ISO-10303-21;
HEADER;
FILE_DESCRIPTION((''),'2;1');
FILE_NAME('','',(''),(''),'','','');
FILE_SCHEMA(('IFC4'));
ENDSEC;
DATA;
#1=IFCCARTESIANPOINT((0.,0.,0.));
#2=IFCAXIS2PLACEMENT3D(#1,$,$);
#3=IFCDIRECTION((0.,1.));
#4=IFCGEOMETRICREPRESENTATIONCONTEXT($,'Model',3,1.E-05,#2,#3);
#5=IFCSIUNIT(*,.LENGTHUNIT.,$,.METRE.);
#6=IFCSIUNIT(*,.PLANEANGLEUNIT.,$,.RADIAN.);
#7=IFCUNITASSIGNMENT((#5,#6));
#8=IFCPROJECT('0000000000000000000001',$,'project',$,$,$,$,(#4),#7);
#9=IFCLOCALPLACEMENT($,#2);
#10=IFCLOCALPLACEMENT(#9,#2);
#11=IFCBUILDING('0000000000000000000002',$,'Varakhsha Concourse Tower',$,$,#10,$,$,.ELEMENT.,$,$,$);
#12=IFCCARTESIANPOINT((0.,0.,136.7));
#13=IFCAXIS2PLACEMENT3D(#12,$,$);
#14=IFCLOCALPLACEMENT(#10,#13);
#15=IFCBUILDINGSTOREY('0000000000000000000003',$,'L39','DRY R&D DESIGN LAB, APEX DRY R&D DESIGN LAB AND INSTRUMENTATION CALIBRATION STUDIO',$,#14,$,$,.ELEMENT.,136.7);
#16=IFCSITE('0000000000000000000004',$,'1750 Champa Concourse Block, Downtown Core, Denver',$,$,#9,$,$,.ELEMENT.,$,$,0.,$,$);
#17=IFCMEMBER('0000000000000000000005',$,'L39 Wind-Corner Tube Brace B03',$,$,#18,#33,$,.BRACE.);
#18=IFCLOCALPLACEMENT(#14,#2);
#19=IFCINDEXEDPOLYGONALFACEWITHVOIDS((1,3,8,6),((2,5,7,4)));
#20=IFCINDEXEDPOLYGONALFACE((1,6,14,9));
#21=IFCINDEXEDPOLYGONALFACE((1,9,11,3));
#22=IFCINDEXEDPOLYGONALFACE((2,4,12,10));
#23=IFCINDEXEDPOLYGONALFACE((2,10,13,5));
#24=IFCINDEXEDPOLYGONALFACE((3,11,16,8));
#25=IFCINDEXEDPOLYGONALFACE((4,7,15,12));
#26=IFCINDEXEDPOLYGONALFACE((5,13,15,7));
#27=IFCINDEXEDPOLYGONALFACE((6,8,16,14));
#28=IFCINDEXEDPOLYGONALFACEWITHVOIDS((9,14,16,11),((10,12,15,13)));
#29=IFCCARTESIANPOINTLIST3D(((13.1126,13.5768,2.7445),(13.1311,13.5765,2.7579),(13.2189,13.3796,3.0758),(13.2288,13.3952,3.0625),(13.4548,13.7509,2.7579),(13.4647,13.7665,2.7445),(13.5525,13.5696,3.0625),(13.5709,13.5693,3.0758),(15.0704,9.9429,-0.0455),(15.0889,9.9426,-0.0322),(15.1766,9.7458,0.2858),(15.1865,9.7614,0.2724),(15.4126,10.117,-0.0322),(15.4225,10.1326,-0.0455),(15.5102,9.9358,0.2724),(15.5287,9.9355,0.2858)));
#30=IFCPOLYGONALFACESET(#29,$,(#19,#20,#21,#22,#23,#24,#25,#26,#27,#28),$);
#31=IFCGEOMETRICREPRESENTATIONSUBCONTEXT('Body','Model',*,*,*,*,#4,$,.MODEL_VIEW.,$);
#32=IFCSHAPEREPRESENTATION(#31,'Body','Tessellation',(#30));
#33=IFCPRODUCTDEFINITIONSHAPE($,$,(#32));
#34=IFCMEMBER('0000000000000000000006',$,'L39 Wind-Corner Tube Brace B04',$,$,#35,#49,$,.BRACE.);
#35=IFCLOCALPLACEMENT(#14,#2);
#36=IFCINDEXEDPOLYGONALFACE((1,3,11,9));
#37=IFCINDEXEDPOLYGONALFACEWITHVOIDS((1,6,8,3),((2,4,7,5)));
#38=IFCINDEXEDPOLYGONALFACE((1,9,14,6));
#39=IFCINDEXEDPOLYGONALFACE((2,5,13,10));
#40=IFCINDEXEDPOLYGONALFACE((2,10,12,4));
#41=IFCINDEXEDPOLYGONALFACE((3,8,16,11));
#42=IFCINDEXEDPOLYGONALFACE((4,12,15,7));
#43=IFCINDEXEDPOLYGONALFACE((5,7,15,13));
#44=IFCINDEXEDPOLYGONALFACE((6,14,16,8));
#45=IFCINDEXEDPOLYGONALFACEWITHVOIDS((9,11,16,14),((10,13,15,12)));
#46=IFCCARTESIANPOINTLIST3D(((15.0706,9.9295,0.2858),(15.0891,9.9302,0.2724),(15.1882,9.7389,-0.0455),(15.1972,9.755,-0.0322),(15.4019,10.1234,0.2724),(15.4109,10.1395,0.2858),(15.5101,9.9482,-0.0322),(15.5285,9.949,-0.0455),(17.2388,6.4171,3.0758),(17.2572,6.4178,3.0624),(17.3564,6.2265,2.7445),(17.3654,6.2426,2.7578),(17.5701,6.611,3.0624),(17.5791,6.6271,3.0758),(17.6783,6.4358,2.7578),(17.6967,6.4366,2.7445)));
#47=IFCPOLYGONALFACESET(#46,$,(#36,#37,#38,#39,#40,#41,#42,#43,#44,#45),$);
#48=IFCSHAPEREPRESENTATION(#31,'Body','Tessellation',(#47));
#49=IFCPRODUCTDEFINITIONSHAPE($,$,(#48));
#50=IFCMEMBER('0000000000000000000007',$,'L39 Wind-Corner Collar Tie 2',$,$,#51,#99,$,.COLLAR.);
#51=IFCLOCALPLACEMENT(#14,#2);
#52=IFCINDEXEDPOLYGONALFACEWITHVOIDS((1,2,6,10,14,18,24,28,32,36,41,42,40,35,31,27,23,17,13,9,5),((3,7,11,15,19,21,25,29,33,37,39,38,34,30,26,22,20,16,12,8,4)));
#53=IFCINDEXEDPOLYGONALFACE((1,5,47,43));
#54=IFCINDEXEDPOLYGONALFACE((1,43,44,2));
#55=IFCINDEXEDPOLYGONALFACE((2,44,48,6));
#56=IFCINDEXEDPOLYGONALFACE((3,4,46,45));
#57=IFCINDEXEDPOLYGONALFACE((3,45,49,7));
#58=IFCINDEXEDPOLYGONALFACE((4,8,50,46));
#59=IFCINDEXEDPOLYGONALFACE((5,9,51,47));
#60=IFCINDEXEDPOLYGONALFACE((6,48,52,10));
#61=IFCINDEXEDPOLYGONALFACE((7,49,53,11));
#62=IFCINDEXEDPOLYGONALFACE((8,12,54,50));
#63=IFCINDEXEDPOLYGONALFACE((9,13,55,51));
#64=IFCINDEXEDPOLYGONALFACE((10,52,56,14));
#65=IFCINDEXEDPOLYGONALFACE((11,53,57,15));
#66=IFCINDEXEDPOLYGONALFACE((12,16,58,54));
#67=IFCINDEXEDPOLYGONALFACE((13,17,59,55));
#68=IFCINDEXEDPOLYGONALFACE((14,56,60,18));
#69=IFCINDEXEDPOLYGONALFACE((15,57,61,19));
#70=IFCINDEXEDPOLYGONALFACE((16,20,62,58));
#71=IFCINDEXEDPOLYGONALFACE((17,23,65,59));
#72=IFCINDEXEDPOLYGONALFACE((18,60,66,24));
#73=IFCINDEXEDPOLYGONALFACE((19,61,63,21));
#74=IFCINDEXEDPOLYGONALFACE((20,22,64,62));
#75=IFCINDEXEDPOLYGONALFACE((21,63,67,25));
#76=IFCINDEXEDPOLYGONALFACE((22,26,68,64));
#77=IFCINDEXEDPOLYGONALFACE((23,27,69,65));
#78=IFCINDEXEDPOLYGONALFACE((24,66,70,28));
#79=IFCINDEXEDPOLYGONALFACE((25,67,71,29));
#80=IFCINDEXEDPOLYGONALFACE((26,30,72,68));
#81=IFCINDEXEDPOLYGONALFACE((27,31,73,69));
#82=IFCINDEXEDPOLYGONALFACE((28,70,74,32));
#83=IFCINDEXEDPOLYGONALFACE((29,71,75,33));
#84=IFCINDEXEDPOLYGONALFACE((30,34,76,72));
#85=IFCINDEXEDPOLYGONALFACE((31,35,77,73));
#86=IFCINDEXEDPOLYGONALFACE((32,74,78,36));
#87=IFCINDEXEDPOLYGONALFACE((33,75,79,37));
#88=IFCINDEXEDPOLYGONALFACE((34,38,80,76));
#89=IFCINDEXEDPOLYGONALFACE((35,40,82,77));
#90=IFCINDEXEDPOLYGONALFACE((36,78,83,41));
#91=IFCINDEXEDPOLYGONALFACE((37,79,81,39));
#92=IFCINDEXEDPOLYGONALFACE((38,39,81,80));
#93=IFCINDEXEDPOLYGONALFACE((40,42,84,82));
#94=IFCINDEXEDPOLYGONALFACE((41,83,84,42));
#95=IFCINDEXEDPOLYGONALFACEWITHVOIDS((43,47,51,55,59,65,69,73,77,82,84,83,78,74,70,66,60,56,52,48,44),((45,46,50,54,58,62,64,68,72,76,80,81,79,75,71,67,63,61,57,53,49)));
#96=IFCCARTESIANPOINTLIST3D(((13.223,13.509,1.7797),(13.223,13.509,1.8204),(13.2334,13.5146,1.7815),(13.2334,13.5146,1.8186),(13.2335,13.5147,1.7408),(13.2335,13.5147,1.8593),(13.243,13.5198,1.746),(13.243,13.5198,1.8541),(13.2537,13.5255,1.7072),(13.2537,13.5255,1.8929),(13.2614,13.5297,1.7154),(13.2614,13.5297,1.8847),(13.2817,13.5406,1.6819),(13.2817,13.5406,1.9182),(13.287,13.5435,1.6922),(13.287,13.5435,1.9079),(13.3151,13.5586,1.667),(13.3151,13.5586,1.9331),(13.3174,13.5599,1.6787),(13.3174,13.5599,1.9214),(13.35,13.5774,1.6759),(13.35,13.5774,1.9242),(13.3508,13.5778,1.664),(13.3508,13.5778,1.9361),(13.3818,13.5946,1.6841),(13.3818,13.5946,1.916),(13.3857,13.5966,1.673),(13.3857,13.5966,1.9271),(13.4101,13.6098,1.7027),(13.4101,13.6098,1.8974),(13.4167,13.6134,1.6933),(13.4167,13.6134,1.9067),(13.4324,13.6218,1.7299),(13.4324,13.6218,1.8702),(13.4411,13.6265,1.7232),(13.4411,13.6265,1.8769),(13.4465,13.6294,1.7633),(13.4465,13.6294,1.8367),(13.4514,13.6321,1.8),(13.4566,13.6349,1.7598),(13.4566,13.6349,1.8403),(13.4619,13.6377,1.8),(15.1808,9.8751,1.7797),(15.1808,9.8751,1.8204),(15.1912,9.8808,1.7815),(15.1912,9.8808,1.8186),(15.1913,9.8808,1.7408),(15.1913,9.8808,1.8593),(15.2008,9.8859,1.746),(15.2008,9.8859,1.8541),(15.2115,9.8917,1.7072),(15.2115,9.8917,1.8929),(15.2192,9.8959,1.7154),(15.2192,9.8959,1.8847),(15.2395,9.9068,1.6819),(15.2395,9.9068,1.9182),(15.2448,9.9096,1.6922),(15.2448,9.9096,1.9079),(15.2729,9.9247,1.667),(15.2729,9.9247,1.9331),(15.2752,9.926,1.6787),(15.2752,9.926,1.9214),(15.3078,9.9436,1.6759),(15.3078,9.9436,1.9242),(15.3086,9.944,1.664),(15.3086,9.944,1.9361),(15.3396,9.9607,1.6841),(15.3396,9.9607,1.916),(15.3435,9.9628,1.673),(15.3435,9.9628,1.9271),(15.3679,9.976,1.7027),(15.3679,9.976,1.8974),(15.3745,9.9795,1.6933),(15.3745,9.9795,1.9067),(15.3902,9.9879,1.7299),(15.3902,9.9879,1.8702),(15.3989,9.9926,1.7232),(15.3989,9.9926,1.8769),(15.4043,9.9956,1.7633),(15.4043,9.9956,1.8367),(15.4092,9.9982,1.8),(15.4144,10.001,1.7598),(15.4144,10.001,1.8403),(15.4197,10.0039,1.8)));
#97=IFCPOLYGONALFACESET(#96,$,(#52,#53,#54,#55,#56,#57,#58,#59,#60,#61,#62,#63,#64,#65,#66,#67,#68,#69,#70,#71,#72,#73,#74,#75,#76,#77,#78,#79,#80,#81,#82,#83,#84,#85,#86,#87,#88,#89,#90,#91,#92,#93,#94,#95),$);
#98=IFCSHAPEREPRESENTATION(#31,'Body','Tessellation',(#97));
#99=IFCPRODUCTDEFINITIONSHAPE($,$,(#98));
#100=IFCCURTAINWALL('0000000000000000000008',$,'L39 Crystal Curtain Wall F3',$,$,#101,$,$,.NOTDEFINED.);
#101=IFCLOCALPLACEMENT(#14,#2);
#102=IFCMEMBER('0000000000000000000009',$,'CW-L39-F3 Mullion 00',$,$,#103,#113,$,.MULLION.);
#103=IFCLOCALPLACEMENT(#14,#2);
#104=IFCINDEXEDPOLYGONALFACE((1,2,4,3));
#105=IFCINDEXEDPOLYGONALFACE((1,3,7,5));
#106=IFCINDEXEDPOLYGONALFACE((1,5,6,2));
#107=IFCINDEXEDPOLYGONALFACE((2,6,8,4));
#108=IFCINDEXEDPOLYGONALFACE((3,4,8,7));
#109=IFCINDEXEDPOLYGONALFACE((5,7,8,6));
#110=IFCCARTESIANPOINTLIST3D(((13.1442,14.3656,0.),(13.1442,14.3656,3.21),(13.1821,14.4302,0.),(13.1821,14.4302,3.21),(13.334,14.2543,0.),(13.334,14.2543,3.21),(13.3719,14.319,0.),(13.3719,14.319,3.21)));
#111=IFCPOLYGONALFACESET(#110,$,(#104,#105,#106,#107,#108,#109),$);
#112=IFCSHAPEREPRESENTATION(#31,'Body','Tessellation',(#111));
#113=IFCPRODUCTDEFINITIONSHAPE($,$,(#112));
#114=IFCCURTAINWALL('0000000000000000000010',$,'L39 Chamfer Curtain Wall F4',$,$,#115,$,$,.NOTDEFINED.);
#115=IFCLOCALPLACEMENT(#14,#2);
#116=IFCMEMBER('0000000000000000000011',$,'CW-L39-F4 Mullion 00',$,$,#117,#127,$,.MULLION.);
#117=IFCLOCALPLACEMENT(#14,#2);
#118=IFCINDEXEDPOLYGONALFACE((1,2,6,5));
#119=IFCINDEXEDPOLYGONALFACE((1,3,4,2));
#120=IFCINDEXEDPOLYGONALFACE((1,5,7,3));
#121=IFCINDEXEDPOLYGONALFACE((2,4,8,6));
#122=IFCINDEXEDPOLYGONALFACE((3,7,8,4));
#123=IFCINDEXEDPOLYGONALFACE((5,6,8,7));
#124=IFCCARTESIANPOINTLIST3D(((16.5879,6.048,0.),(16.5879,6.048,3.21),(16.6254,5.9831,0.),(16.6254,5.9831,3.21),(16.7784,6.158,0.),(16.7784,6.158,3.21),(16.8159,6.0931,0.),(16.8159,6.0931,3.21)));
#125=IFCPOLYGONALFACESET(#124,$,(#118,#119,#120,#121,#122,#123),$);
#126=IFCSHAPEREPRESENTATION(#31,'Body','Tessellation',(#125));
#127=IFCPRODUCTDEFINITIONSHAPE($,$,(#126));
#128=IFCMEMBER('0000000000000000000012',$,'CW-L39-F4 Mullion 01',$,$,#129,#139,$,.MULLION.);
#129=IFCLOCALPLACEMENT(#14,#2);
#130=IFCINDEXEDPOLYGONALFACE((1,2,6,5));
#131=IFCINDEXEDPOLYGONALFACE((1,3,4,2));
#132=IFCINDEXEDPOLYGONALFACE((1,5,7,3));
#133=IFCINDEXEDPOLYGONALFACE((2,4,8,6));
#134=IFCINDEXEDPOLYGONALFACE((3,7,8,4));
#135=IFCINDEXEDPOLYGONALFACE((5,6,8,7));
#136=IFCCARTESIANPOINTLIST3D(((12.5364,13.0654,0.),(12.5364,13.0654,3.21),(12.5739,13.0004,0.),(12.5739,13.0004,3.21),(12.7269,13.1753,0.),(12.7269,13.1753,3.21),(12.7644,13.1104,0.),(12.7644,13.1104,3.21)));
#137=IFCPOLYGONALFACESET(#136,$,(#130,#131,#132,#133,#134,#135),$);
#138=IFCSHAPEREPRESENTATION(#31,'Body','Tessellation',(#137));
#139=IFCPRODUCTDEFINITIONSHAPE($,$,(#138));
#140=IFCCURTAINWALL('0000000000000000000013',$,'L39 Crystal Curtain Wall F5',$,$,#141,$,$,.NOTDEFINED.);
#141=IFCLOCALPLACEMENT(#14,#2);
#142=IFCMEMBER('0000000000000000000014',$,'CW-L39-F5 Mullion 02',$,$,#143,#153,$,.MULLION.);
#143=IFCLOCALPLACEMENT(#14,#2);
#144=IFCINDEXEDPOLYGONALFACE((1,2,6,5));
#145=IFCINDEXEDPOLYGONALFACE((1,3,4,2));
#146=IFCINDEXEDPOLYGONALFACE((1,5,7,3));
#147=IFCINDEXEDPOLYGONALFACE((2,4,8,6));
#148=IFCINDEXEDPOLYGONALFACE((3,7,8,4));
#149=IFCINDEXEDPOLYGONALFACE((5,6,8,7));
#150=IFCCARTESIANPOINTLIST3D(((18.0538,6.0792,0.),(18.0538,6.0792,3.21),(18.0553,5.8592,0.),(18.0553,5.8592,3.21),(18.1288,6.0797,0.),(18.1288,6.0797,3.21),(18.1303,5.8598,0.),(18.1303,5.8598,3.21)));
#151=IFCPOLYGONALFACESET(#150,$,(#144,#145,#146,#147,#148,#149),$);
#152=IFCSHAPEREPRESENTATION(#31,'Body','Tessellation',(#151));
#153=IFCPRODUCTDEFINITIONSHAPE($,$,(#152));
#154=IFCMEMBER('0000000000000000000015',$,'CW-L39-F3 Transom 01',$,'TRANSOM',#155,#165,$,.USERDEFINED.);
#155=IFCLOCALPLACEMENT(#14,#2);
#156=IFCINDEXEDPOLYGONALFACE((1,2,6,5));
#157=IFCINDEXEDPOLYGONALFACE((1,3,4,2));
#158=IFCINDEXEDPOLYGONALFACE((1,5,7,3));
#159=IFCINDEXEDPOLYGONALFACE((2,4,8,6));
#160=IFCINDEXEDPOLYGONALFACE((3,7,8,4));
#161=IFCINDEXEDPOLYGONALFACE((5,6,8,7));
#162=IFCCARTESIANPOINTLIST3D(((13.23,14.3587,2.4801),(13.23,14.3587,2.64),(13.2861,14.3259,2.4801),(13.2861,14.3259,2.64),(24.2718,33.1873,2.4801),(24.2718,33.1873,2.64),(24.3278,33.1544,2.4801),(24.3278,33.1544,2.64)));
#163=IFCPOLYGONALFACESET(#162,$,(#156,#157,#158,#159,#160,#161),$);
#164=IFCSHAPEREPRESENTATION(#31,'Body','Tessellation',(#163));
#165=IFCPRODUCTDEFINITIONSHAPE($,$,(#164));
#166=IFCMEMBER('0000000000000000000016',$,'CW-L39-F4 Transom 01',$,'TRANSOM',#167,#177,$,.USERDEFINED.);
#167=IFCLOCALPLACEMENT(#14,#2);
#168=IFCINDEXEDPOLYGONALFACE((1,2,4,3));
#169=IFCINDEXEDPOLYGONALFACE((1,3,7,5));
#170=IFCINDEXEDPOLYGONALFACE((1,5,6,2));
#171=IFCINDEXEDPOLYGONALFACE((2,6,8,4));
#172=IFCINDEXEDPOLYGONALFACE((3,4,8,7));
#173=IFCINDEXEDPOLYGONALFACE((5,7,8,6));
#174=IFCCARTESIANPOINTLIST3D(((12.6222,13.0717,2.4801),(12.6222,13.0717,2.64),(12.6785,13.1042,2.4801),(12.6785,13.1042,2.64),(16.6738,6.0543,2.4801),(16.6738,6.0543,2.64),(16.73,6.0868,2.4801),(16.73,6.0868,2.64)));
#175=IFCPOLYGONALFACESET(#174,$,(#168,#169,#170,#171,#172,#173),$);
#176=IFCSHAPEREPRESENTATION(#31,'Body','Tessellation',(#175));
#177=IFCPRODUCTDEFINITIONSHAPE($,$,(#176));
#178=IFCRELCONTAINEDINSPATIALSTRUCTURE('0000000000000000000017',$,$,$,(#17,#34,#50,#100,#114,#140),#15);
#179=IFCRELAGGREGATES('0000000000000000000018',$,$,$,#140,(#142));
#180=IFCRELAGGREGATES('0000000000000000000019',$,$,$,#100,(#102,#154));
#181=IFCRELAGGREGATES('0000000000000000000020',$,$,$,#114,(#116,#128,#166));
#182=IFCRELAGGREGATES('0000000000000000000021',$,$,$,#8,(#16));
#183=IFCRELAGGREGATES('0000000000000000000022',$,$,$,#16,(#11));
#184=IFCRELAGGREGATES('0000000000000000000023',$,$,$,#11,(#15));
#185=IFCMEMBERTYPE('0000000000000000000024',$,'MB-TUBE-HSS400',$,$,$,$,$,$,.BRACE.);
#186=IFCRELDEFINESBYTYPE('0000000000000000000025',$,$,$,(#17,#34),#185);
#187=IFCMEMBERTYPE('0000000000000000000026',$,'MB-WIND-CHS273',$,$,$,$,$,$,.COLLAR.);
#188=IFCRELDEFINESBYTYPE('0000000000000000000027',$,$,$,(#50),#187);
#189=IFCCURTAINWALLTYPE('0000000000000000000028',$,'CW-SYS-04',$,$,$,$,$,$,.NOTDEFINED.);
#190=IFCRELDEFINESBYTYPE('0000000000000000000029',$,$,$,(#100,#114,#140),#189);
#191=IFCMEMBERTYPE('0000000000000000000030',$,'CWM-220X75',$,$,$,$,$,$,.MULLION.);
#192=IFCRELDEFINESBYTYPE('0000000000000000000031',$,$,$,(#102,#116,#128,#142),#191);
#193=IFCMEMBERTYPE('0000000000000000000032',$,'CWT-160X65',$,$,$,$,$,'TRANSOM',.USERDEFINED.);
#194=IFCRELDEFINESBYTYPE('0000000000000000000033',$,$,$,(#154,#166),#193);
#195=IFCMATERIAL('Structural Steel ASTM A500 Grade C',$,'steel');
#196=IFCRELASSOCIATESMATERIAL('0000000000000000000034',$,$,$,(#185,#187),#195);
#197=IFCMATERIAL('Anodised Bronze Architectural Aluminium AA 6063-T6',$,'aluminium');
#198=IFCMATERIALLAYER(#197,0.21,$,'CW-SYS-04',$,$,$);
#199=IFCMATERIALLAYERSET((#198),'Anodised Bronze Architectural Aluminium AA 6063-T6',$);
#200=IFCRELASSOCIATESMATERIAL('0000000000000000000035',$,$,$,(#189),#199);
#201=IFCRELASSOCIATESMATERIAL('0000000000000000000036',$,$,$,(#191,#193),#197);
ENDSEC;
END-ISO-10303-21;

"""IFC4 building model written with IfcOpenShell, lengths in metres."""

from ifc_helpers import new_model, si_unit, direction, frame, origin, origin_2d, place, context, subcontext, project, spatial, rectangle, hollow_rectangle, hollow_circle, extrude, source, transform, mapped, material, layer, layer_set, material_profile, profile_set, type_object, type_shapes, element, aggregate, save


model = new_model("IFC4")

# Units and contexts
model_context = context("Model", 3, precision=1e-05, world=origin(), true_north=direction((0.0, 1.0)))
body_context = subcontext(model_context, "Body", "Model", "MODEL_VIEW")
ifc_project = project(units=[si_unit("LENGTHUNIT", "METRE"), si_unit("PLANEANGLEUNIT", "RADIAN")], contexts=[model_context])

# Site, building, storey
site_placement = place(None, origin())
site = spatial("IfcSite", under=ifc_project, at=site_placement, Name="1750 Champa Concourse Block, Downtown Core, Denver", CompositionType="ELEMENT", RefElevation=0.0)
building_placement = place(site_placement, origin())
building = spatial("IfcBuilding", under=site, at=building_placement, Name="Varakhsha Concourse Tower", CompositionType="ELEMENT")
storey_placement = place(building_placement, frame((0.0, 0.0, 136.7)))
storey = spatial("IfcBuildingStorey", under=building, at=storey_placement, Name="L39", Description="DRY R&D DESIGN LAB, APEX DRY R&D DESIGN LAB AND INSTRUMENTATION CALIBRATION STUDIO", CompositionType="ELEMENT", Elevation=136.7)

# Members
ifc_material_1 = material(Name="Structural Steel ASTM A500 Grade C", Category="steel")
ifc_material_profile_1 = material_profile(ifc_material_1, hollow_rectangle(XDim=0.3999, YDim=0.3999, WallThickness=0.0161, at=origin_2d()), Name="HSS 400x400x16")
ifc_profile_set_1 = profile_set([ifc_material_profile_1], Name="Structural Steel ASTM A500 Grade C")
member_type_1 = type_object("IfcMemberType", Name="MB-TUBE-HSS400", PredefinedType="BRACE", material=ifc_profile_set_1)
shared_shape_1 = source(origin(), body_context, "Body", "SweptSolid", [
    extrude(hollow_rectangle(XDim=0.3999, YDim=0.3999, WallThickness=0.0161, at=origin_2d()), origin(), (0.0, 0.0, 1.0), 4.9822),
])
type_shapes(member_type_1, [shared_shape_1])
for number, where, z_axis, x_axis, name in (
    (1, (15.2996, 9.9392, 0.1201), (-0.392957, 0.729365, 0.56001), (-0.880359, -0.474308, 0.0), "L39 Wind-Corner Tube Brace B03"),
    (2, (15.2996, 9.9392, 0.1201), (0.435188, -0.704993, 0.559996), (0.850933, 0.525275, 0.0), "L39 Wind-Corner Tube Brace B04"),
):
    element("IfcMember", number, at=place(storey_placement, frame(where, z_axis=z_axis, x_axis=x_axis)), inside=storey, type_object=member_type_1, Name=name, PredefinedType="BRACE", context=body_context, shape_type="MappedRepresentation", body=[
        mapped(shared_shape_1, transform((0.0, 0.0, 0.0), scale=1.0)),
    ])
ifc_material_profile_2 = material_profile(ifc_material_1, hollow_circle(Radius=0.1365, WallThickness=0.012, at=origin_2d()), Name="CHS 273x12")
ifc_profile_set_2 = profile_set([ifc_material_profile_2], Name="Structural Steel ASTM A500 Grade C")
member_type_2 = type_object("IfcMemberType", Name="MB-WIND-CHS273", PredefinedType="COLLAR", material=ifc_profile_set_2)
shared_shape_2 = source(origin(), body_context, "Body", "SweptSolid", [
    extrude(hollow_circle(Radius=0.1365, WallThickness=0.012, at=origin_2d()), origin(), (0.0, 0.0, 1.0), 4.1277),
])
type_shapes(member_type_2, [shared_shape_2])
member_1_placement = place(storey_placement, frame((13.3418, 13.573, 1.8), z_axis=(0.474308, -0.880359, 0.0), x_axis=(0.880359, 0.474308, 0.0)))
element("IfcMember", 3, at=member_1_placement, inside=storey, type_object=member_type_2, Name="L39 Wind-Corner Collar Tie 2", PredefinedType="COLLAR", context=body_context, shape_type="MappedRepresentation", body=[
    mapped(shared_shape_2, transform((0.0, 0.0, 0.0), scale=1.0)),
])

# Curtain wall, member
ifc_material_2 = material(Name="Anodised Bronze Architectural Aluminium AA 6063-T6", Category="aluminium")
ifc_layer_1 = layer(ifc_material_2, 0.21, Name="CW-SYS-04")
ifc_layer_set_1 = layer_set([ifc_layer_1], Name="Anodised Bronze Architectural Aluminium AA 6063-T6")
curtain_wall_type = type_object("IfcCurtainWallType", Name="CW-SYS-04", PredefinedType="NOTDEFINED", material=ifc_layer_set_1)
curtain_wall_1_placement = place(storey_placement, origin())
curtain_wall_1 = element("IfcCurtainWall", 4, at=curtain_wall_1_placement, inside=storey, type_object=curtain_wall_type, Name="L39 Crystal Curtain Wall F3", PredefinedType="NOTDEFINED")
ifc_material_profile_3 = material_profile(ifc_material_2, rectangle(XDim=0.075, YDim=0.22, at=origin_2d()), Name="CWM-220X75")
ifc_profile_set_3 = profile_set([ifc_material_profile_3], Name="Anodised Bronze Architectural Aluminium AA 6063-T6")
member_type_3 = type_object("IfcMemberType", Name="CWM-220X75", PredefinedType="MULLION", material=ifc_profile_set_3)
shared_shape_3 = source(origin(), body_context, "Body", "SweptSolid", [
    extrude(rectangle(XDim=0.075, YDim=0.22, at=origin_2d()), origin(), (0.0, 0.0, 1.0), 3.21),
])
type_shapes(member_type_3, [shared_shape_3])
member_2_placement = place(storey_placement, frame((13.2581, 14.3423, 0.0), z_axis=(0.0, 0.0, 1.0), x_axis=(0.505862, 0.862614, 0.0)))
member_2 = element("IfcMember", 5, at=member_2_placement, type_object=member_type_3, Name="CW-L39-F3 Mullion 00", PredefinedType="MULLION", context=body_context, shape_type="MappedRepresentation", body=[
    mapped(shared_shape_3, transform((0.0, 0.0, 0.0), scale=1.0)),
])

# Curtain wall, members
curtain_wall_2_placement = place(storey_placement, origin())
curtain_wall_2 = element("IfcCurtainWall", 6, at=curtain_wall_2_placement, inside=storey, type_object=curtain_wall_type, Name="L39 Chamfer Curtain Wall F4", PredefinedType="NOTDEFINED")
member_3_placement = place(storey_placement, frame((16.7019, 6.0706, 0.0), z_axis=(0.0, 0.0, 1.0), x_axis=(-0.5, 0.866025, 0.0)))
member_3 = element("IfcMember", 7, at=member_3_placement, type_object=member_type_3, Name="CW-L39-F4 Mullion 00", PredefinedType="MULLION", context=body_context, shape_type="MappedRepresentation", body=[
    mapped(shared_shape_3, transform((0.0, 0.0, 0.0), scale=1.0)),
])
member_4_placement = place(storey_placement, frame((12.6504, 13.0879, 0.0), z_axis=(0.0, 0.0, 1.0), x_axis=(-0.5, 0.866025, 0.0)))
member_4 = element("IfcMember", 8, at=member_4_placement, type_object=member_type_3, Name="CW-L39-F4 Mullion 01", PredefinedType="MULLION", context=body_context, shape_type="MappedRepresentation", body=[
    mapped(shared_shape_3, transform((0.0, 0.0, 0.0), scale=1.0)),
])

# Curtain wall, member
curtain_wall_3_placement = place(storey_placement, origin())
curtain_wall_3 = element("IfcCurtainWall", 9, at=curtain_wall_3_placement, inside=storey, type_object=curtain_wall_type, Name="L39 Crystal Curtain Wall F5", PredefinedType="NOTDEFINED")
member_5_placement = place(storey_placement, frame((18.092, 5.9695, 0.0), z_axis=(0.0, 0.0, 1.0), x_axis=(-0.999977, -0.006786, 0.0)))
member_5 = element("IfcMember", 10, at=member_5_placement, type_object=member_type_3, Name="CW-L39-F5 Mullion 02", PredefinedType="MULLION", context=body_context, shape_type="MappedRepresentation", body=[
    mapped(shared_shape_3, transform((0.0, 0.0, 0.0), scale=1.0)),
])
aggregate(curtain_wall_3, [member_5])

# Members
ifc_material_profile_4 = material_profile(ifc_material_2, rectangle(XDim=0.0649, YDim=0.1599, at=origin_2d()), Name="CWT-160X65")
ifc_profile_set_4 = profile_set([ifc_material_profile_4], Name="Anodised Bronze Architectural Aluminium AA 6063-T6")
member_type_4 = type_object("IfcMemberType", Name="CWT-160X65", ElementType="TRANSOM", PredefinedType="USERDEFINED", material=ifc_profile_set_4)
shared_shape_4 = source(origin(), body_context, "Body", "SweptSolid", [
    extrude(rectangle(XDim=0.0649, YDim=0.1599, at=origin_2d()), origin(), (0.0, 0.0, 1.0), 21.8274),
])
member_6_placement = place(storey_placement, frame((13.2581, 14.3423, 2.5601), z_axis=(0.505866, 0.862612, 0.0), x_axis=(-0.862612, 0.505866, 0.0)))
member_6 = element("IfcMember", 11, at=member_6_placement, type_object=member_type_4, Name="CW-L39-F3 Transom 01", ObjectType="TRANSOM", PredefinedType="USERDEFINED", context=body_context, shape_type="MappedRepresentation", body=[
    mapped(shared_shape_4, transform((0.0, 0.0, 0.0), scale=1.0)),
])
shared_shape_5 = source(origin(), body_context, "Body", "SweptSolid", [
    extrude(rectangle(XDim=0.0649, YDim=0.1599, at=origin_2d()), origin(), (0.0, 0.0, 1.0), 8.103),
])
type_shapes(member_type_4, [shared_shape_4, shared_shape_5])
member_7_placement = place(storey_placement, frame((16.7019, 6.0706, 2.5601), z_axis=(-0.500005, 0.866023, 0.0), x_axis=(-0.866023, -0.500005, 0.0)))
member_7 = element("IfcMember", 12, at=member_7_placement, type_object=member_type_4, Name="CW-L39-F4 Transom 01", ObjectType="TRANSOM", PredefinedType="USERDEFINED", context=body_context, shape_type="MappedRepresentation", body=[
    mapped(shared_shape_5, transform((0.0, 0.0, 0.0), scale=1.0)),
])

aggregate(curtain_wall_1, [member_2, member_6])
aggregate(curtain_wall_2, [member_3, member_4, member_7])

save(model, "model.ifc")
